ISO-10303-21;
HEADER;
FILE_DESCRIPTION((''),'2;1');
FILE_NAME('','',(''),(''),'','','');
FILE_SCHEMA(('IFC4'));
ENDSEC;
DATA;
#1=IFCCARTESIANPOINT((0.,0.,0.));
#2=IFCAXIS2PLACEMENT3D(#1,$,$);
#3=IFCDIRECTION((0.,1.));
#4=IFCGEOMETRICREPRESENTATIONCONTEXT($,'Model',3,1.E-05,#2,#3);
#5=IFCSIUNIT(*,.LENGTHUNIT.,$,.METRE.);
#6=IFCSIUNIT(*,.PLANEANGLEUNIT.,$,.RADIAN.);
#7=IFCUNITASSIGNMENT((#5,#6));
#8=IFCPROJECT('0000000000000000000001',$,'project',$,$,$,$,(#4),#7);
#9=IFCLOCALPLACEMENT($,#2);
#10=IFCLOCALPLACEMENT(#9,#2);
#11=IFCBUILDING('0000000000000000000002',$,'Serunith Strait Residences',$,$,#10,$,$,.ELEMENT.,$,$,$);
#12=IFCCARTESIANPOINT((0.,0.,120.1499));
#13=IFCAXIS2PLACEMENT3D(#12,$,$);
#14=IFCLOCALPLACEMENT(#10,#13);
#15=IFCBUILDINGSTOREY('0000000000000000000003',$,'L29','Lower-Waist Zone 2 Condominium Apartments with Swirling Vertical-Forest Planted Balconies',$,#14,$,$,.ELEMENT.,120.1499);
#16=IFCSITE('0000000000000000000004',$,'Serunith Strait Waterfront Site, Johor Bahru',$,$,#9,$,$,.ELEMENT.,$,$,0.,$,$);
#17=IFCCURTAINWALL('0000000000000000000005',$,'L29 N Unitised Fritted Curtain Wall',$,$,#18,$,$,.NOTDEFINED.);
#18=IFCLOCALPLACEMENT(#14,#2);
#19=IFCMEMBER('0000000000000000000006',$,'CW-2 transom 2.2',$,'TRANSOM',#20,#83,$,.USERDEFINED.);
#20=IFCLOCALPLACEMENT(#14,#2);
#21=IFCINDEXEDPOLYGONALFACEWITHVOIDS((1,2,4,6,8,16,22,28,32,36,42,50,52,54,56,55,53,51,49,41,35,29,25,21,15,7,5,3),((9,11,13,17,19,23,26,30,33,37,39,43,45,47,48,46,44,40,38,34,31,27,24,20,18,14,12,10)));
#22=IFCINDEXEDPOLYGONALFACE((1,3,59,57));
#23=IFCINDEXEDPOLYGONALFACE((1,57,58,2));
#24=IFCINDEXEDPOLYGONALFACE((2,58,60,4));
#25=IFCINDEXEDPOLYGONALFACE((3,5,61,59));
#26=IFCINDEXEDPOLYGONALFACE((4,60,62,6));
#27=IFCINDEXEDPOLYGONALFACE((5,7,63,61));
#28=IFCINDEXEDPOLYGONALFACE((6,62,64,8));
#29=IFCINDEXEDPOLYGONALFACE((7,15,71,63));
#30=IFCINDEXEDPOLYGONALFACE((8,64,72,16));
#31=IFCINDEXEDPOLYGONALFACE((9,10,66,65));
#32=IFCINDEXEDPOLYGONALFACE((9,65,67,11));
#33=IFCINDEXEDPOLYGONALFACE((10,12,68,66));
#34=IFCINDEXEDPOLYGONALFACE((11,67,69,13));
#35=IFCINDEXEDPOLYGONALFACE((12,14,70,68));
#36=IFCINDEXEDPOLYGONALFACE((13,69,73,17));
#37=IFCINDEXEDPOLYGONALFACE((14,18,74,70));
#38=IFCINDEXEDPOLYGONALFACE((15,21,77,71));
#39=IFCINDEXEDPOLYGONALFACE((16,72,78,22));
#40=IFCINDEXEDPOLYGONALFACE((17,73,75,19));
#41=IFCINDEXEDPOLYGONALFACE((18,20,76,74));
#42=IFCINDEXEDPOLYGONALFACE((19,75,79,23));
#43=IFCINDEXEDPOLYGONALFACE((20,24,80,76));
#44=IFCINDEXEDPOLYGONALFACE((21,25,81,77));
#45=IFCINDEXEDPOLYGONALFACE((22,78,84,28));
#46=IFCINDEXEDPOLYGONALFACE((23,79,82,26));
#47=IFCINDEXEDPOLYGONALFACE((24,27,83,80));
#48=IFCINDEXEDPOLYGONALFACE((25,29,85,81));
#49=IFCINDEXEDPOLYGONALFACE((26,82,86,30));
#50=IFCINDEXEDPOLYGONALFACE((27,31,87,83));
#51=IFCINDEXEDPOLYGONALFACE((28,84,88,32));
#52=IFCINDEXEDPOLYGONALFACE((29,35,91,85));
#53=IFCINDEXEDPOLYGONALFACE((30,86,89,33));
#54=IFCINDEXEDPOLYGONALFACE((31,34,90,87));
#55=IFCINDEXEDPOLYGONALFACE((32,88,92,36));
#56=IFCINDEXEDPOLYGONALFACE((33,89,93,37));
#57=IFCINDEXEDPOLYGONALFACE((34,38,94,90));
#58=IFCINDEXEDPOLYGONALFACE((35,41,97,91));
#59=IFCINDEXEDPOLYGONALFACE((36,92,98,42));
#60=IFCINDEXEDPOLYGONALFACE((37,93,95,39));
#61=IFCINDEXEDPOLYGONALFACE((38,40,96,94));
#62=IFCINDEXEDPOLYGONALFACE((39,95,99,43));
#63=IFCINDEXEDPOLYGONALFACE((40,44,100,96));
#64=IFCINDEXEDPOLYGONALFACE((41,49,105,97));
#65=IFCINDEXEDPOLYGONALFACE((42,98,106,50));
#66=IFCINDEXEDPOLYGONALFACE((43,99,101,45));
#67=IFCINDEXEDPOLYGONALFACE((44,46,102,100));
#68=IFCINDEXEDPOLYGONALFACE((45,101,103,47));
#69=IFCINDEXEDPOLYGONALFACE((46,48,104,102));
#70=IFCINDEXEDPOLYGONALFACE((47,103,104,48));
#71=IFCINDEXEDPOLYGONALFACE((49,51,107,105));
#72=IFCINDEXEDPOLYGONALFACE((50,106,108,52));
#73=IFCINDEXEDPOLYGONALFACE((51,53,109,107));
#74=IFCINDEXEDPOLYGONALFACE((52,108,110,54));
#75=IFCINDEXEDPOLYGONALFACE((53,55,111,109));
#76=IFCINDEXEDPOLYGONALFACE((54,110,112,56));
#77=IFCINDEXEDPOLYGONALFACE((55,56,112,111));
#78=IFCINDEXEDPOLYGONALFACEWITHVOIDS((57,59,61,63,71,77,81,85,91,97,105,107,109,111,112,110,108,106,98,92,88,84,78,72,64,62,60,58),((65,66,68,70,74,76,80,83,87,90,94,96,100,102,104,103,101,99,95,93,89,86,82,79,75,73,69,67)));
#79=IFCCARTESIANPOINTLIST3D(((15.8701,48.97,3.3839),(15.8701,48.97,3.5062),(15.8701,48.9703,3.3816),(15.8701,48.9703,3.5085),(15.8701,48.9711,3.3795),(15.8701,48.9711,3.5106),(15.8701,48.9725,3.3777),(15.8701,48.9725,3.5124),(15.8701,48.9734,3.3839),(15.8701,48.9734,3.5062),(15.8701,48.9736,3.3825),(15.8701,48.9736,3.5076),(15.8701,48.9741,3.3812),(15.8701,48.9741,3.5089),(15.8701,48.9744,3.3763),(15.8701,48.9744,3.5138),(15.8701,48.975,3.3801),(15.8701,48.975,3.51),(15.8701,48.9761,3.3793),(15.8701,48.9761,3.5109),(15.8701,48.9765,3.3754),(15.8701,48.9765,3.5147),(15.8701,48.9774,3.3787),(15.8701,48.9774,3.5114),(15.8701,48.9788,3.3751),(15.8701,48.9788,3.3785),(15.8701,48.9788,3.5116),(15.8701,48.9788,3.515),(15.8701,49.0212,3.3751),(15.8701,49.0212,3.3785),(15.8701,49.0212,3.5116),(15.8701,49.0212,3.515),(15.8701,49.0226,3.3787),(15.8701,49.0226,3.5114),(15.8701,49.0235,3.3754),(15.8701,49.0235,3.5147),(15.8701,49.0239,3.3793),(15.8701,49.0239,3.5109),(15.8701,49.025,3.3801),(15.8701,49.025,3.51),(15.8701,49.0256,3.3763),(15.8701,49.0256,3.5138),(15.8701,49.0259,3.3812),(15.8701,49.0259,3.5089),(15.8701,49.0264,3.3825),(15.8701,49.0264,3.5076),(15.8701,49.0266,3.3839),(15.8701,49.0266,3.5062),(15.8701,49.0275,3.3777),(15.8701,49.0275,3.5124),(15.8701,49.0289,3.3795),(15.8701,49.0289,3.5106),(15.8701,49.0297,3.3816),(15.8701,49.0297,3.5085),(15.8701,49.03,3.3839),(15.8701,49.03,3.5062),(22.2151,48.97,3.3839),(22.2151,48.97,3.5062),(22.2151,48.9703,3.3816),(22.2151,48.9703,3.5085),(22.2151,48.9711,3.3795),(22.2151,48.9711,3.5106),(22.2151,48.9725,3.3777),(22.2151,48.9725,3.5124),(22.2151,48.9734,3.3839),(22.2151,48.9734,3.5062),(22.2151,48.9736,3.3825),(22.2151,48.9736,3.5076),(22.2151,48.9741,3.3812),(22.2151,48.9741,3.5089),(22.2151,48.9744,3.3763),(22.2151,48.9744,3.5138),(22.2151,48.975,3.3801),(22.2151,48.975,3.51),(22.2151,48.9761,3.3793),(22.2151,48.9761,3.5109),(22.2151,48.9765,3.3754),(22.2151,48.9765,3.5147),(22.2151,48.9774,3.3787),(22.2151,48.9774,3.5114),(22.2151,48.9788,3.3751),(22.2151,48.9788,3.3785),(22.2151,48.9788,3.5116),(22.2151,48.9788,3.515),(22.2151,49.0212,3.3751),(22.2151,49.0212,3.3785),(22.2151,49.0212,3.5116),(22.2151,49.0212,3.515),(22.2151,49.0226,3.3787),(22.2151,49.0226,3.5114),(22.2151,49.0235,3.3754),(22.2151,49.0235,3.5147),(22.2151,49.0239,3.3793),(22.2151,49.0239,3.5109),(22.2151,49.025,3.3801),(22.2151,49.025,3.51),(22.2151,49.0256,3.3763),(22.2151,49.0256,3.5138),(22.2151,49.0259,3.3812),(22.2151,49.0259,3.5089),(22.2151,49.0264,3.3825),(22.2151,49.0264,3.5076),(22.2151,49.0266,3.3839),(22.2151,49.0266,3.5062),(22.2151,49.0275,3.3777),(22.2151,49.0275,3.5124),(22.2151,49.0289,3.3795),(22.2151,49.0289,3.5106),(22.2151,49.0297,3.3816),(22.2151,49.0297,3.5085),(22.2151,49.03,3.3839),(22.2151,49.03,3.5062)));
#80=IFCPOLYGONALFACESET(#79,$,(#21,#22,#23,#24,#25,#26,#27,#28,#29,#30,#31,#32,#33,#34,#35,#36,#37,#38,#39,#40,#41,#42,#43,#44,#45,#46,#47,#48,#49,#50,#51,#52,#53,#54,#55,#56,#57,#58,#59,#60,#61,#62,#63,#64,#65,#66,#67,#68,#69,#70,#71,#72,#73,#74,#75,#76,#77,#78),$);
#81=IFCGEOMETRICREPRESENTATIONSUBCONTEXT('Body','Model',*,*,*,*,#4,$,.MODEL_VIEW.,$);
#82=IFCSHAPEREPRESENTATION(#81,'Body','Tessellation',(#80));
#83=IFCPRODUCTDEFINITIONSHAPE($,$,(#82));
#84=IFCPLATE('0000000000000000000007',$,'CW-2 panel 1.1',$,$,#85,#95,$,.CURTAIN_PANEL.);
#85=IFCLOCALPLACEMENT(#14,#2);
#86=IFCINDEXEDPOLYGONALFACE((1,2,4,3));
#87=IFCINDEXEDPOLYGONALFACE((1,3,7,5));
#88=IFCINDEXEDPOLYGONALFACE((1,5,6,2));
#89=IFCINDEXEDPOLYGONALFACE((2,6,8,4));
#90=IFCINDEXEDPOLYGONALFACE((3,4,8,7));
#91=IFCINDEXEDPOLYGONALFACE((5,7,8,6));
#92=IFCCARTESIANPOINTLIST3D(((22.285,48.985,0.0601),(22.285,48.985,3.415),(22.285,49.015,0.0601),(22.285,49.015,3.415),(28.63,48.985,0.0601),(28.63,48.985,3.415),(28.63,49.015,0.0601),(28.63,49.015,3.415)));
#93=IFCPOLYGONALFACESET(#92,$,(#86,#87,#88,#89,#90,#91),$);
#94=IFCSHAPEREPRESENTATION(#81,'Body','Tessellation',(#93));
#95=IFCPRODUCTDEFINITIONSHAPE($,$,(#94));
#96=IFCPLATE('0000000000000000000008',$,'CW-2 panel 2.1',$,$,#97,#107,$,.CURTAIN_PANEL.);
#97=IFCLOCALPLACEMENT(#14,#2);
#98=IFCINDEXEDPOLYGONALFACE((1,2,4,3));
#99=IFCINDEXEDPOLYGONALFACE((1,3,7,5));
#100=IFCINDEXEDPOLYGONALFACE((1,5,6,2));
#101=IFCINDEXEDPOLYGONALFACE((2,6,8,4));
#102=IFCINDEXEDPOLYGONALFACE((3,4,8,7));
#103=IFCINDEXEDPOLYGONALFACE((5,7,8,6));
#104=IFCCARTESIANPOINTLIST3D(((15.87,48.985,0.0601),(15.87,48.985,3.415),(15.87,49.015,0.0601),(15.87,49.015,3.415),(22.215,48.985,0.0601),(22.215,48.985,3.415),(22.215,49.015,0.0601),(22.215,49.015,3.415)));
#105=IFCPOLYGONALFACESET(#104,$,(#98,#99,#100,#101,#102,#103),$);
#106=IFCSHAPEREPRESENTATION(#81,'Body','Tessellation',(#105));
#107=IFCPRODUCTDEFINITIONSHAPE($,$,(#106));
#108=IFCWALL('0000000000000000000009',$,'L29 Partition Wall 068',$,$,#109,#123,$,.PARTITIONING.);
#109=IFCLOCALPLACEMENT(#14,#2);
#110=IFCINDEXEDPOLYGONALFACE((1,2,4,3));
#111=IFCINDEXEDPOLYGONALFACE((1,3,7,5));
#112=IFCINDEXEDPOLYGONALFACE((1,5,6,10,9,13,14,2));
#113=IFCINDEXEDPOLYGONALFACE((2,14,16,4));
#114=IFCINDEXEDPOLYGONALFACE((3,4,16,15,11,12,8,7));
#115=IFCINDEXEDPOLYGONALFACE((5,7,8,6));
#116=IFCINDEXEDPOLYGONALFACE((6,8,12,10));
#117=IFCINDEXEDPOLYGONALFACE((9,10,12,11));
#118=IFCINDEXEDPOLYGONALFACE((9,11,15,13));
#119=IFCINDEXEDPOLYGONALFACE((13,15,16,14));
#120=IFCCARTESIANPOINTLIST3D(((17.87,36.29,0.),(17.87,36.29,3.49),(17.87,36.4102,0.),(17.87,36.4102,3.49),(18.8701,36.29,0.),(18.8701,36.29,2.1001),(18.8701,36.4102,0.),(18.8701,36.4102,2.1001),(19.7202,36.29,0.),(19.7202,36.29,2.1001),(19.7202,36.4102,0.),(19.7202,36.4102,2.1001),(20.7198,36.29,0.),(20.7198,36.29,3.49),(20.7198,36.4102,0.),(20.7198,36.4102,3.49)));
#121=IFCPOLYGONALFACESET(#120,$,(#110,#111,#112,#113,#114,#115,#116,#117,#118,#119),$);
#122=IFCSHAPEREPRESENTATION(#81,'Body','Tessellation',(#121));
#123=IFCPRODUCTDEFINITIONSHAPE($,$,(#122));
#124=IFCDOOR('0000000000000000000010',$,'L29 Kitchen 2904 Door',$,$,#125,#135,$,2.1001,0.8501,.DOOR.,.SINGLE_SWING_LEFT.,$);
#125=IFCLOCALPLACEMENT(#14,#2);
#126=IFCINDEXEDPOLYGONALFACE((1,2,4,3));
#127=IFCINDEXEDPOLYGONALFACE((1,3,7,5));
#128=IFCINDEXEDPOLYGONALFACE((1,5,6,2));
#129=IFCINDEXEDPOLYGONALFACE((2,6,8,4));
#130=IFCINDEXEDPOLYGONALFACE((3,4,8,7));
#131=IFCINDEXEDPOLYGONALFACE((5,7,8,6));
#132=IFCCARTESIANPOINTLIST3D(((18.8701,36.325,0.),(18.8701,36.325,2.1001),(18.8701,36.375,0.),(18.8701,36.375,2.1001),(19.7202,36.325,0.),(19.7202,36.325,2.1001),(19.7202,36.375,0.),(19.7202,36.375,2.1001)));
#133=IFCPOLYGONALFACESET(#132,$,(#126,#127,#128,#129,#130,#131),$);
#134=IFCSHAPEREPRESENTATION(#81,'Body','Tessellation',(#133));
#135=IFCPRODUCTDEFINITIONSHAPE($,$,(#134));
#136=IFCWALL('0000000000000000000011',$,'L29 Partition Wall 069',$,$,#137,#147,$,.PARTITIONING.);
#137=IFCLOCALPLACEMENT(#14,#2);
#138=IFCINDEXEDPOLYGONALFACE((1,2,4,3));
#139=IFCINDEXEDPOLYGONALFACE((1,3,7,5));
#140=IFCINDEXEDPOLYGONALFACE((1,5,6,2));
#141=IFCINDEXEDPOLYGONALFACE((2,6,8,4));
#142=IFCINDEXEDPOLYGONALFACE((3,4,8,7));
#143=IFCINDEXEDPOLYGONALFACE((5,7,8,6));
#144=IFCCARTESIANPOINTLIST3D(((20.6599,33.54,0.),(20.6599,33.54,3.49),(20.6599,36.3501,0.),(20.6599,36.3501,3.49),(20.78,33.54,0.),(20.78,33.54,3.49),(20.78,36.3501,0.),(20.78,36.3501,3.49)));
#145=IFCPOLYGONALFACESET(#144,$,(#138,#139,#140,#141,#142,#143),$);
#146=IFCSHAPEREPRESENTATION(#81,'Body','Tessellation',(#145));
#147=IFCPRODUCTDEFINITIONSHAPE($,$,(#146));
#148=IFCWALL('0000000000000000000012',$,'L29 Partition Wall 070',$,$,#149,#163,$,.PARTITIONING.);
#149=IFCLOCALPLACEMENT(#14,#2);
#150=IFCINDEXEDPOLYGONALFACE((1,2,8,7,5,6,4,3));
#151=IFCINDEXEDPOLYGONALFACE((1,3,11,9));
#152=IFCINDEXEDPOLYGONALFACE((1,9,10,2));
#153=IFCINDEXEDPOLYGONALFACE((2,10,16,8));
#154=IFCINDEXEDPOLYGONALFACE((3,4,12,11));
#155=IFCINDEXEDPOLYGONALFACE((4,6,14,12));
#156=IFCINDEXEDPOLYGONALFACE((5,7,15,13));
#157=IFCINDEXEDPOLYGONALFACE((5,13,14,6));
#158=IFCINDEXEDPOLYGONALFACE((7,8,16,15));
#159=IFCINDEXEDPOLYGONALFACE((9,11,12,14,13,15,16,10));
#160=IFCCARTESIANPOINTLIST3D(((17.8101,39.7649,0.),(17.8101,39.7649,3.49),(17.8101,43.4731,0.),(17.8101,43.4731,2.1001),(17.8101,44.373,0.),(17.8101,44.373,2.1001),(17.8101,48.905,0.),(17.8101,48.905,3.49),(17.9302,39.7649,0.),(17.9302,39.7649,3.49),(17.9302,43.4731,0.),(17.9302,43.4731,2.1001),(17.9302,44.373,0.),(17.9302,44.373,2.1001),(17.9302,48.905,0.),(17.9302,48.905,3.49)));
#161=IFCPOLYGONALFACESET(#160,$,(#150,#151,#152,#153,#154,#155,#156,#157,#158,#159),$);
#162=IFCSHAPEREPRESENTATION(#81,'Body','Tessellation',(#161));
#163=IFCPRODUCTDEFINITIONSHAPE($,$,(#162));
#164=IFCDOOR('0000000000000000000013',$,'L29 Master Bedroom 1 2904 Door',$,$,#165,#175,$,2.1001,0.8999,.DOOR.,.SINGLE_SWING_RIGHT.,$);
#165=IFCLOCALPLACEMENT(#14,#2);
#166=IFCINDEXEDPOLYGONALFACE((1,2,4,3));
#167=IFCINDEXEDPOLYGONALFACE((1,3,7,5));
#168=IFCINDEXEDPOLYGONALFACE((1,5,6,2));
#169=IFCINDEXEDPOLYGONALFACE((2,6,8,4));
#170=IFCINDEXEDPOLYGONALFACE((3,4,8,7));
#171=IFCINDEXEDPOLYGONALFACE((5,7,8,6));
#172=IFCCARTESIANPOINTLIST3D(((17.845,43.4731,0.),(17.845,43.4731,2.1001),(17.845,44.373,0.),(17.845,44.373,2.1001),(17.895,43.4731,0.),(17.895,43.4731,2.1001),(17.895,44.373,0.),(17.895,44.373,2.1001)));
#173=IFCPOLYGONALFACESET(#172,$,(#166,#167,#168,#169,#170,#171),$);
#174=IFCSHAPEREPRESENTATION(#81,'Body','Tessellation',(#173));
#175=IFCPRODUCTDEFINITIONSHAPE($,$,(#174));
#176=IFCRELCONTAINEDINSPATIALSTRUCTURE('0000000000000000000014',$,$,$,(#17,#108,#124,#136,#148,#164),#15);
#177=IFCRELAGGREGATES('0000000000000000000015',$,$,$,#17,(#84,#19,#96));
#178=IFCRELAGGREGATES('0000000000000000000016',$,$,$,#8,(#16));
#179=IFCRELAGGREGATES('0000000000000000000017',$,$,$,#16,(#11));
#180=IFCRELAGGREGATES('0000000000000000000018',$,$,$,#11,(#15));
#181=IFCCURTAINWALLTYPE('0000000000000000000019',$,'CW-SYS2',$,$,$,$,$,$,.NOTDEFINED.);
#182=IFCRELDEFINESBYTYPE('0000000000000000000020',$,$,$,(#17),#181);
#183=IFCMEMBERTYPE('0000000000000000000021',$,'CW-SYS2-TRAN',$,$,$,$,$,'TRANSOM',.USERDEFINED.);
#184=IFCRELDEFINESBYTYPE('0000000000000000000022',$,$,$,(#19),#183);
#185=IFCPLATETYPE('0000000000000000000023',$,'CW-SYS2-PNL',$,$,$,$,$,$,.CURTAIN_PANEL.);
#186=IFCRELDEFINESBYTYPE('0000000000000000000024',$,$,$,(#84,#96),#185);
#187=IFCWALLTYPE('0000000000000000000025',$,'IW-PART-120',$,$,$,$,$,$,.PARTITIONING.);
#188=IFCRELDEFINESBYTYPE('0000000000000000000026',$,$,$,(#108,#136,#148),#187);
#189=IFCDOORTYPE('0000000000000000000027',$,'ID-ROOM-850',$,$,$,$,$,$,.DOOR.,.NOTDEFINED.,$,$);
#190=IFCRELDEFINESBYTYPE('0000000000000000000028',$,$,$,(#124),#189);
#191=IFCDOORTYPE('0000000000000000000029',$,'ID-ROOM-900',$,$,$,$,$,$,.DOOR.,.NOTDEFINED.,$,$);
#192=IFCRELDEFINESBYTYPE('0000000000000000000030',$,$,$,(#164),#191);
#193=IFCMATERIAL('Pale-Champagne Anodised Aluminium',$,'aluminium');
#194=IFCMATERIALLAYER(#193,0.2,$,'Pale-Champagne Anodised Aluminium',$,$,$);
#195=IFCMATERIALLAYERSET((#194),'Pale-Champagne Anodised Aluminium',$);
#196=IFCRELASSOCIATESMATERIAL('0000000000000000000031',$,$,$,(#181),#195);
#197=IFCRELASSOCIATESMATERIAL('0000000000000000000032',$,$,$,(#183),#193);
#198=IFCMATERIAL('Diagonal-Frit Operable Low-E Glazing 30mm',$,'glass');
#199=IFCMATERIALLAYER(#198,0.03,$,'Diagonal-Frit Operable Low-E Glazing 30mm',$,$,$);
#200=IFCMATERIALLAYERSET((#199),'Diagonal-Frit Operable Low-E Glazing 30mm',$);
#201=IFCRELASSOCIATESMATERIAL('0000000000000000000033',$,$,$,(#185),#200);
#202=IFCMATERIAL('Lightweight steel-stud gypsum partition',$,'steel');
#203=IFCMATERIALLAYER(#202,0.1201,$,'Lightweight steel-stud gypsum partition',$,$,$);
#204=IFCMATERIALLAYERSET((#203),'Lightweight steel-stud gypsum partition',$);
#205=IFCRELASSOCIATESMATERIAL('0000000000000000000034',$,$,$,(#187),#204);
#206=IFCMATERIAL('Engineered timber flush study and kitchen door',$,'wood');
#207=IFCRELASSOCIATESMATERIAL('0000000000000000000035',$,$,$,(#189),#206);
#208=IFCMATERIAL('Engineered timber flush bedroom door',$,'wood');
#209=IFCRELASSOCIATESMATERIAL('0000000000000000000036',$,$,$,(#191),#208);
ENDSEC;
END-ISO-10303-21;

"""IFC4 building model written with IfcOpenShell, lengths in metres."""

from ifc_helpers import new_model, si_unit, direction, frame, frame_2d, origin, origin_2d, place, context, subcontext, project, spatial, rectangle, hollow_rectangle, extrude, source, transform, mapped, material, layer, layer_set, material_profile, profile_set, type_object, element, fill, aggregate, save


model = new_model("IFC4")

# Units and contexts
model_context = context("Model", 3, precision=1e-05, world=origin(), true_north=direction((0.0, 1.0)))
body_context = subcontext(model_context, "Body", "Model", "MODEL_VIEW")
ifc_project = project(units=[si_unit("LENGTHUNIT", "METRE"), si_unit("PLANEANGLEUNIT", "RADIAN")], contexts=[model_context])

# Site, building, storey
site_placement = place(None, origin())
site = spatial("IfcSite", under=ifc_project, at=site_placement, Name="Serunith Strait Waterfront Site, Johor Bahru", CompositionType="ELEMENT", RefElevation=0.0)
building_placement = place(site_placement, origin())
building = spatial("IfcBuilding", under=site, at=building_placement, Name="Serunith Strait Residences", CompositionType="ELEMENT")
storey_placement = place(building_placement, frame((0.0, 0.0, 120.1499)))
storey = spatial("IfcBuildingStorey", under=building, at=storey_placement, Name="L29", Description="Lower-Waist Zone 2 Condominium Apartments with Swirling Vertical-Forest Planted Balconies", CompositionType="ELEMENT", Elevation=120.1499)

# Curtain wall, member, plates
ifc_material_1 = material(Name="Pale-Champagne Anodised Aluminium", Category="aluminium")
ifc_layer_1 = layer(ifc_material_1, 0.2, Name="Pale-Champagne Anodised Aluminium")
ifc_layer_set_1 = layer_set([ifc_layer_1], Name="Pale-Champagne Anodised Aluminium")
curtain_wall_type = type_object("IfcCurtainWallType", Name="CW-SYS2", PredefinedType="NOTDEFINED", material=ifc_layer_set_1)
curtain_wall_placement = place(storey_placement, origin())
curtain_wall = element("IfcCurtainWall", 1, at=curtain_wall_placement, inside=storey, type_object=curtain_wall_type, Name="L29 N Unitised Fritted Curtain Wall", PredefinedType="NOTDEFINED")
ifc_material_profile_1 = material_profile(ifc_material_1, hollow_rectangle(XDim=0.0601, YDim=0.1399, WallThickness=0.0034, InnerFilletRadius=0.0054, OuterFilletRadius=0.0088, at=origin_2d()), Name="ALU 140x60x3.5")
ifc_profile_set_1 = profile_set([ifc_material_profile_1], Name="Pale-Champagne Anodised Aluminium")
member_type_1 = type_object("IfcMemberType", Name="CW-SYS2-TRAN", ElementType="TRANSOM", PredefinedType="USERDEFINED", material=ifc_profile_set_1)
shared_shape_1 = source(origin(), body_context, "Body", "SweptSolid", [
    extrude(hollow_rectangle(XDim=0.0601, YDim=0.1399, WallThickness=0.0034, InnerFilletRadius=0.0054, OuterFilletRadius=0.0088, at=origin_2d()), origin(), (0.0, 0.0, 1.0), 6.345),
])
member_1_placement = place(storey_placement, frame((22.2151, 49.0, 3.4451), z_axis=(-1.0, 0.0, 0.0), x_axis=(0.0, -1.0, 0.0)))
member_1 = element("IfcMember", 2, at=member_1_placement, type_object=member_type_1, Name="CW-2 transom 2.2", ObjectType="TRANSOM", PredefinedType="USERDEFINED", context=body_context, shape_type="MappedRepresentation", body=[
    mapped(shared_shape_1, transform((0.0, 0.0, 0.0), scale=1.0)),
])
ifc_material_2 = material(Name="Diagonal-Frit Operable Low-E Glazing 30mm", Category="glass")
ifc_layer_2 = layer(ifc_material_2, 0.03, Name="Diagonal-Frit Operable Low-E Glazing 30mm")
ifc_layer_set_2 = layer_set([ifc_layer_2], Name="Diagonal-Frit Operable Low-E Glazing 30mm")
plate_type = type_object("IfcPlateType", Name="CW-SYS2-PNL", PredefinedType="CURTAIN_PANEL", material=ifc_layer_set_2)
shared_shape_2 = source(origin(), body_context, "Body", "SweptSolid", [
    extrude(rectangle(XDim=6.345, YDim=0.03, at=origin_2d()), origin(), (0.0, 0.0, 1.0), 3.355),
])
plate_1_placement = place(storey_placement, frame((25.4575, 49.0, 0.0601), z_axis=(0.0, 0.0, 1.0), x_axis=(-1.0, 0.0, 0.0)))
plate_1 = element("IfcPlate", 3, at=plate_1_placement, type_object=plate_type, Name="CW-2 panel 1.1", PredefinedType="CURTAIN_PANEL", context=body_context, shape_type="MappedRepresentation", body=[
    mapped(shared_shape_2, transform((0.0, 0.0, 0.0), scale=1.0)),
])
plate_2_placement = place(storey_placement, frame((19.0425, 49.0, 0.0601), z_axis=(0.0, 0.0, 1.0), x_axis=(-1.0, 0.0, 0.0)))
plate_2 = element("IfcPlate", 4, at=plate_2_placement, type_object=plate_type, Name="CW-2 panel 2.1", PredefinedType="CURTAIN_PANEL", context=body_context, shape_type="MappedRepresentation", body=[
    mapped(shared_shape_2, transform((0.0, 0.0, 0.0), scale=1.0)),
])
aggregate(curtain_wall, [plate_1, member_1, plate_2])

# Wall, opening, door
ifc_material_3 = material(Name="Lightweight steel-stud gypsum partition", Category="steel")
ifc_layer_3 = layer(ifc_material_3, 0.1201, Name="Lightweight steel-stud gypsum partition")
ifc_layer_set_3 = layer_set([ifc_layer_3], Name="Lightweight steel-stud gypsum partition")
wall_type = type_object("IfcWallType", Name="IW-PART-120", PredefinedType="PARTITIONING", material=ifc_layer_set_3)
wall_1_placement = place(storey_placement, frame((17.8701, 36.3501, 0.0), z_axis=(0.0, 0.0, 1.0), x_axis=(1.0, 0.0, 0.0)))
wall_1 = element("IfcWall", 5, at=wall_1_placement, inside=storey, type_object=wall_type, Name="L29 Partition Wall 068", PredefinedType="PARTITIONING", context=body_context, shape_type="SweptSolid", body=[
    extrude(rectangle(XDim=2.8499, YDim=0.1201, at=frame_2d((1.4248, 0.0))), origin(), (0.0, 0.0, 1.0), 3.49),
])
opening_1_placement = place(wall_1_placement, frame((1.0, 0.0, 0.0)))
opening_1 = element("IfcOpeningElement", 6, at=opening_1_placement, cuts=wall_1, PredefinedType="OPENING", context=body_context, shape_type="SweptSolid", body=[
    extrude(rectangle(XDim=0.8501, YDim=2.1001, at=frame_2d((0.425, 1.05))), frame((0.0, 0.0701, 0.0), z_axis=(0.0, -1.0, 0.0), x_axis=(1.0, 0.0, 0.0)), (0.0, 0.0, 1.0), 0.1401),
])
ifc_material_4 = material(Name="Engineered timber flush study and kitchen door", Category="wood")
door_type_1 = type_object("IfcDoorType", Name="ID-ROOM-850", OperationType="NOTDEFINED", PredefinedType="DOOR", material=ifc_material_4)
shared_shape_3 = source(origin(), body_context, "Body", "SweptSolid", [
    extrude(rectangle(XDim=0.8501, YDim=2.1001, at=frame_2d((0.425, 1.05))), frame((0.0, 0.0249, 0.0), z_axis=(0.0, -1.0, 0.0), x_axis=(1.0, 0.0, 0.0)), (0.0, 0.0, 1.0), 0.05),
])
door_1_placement = place(opening_1_placement, origin())
door_1 = element("IfcDoor", 7, at=door_1_placement, inside=storey, type_object=door_type_1, Name="L29 Kitchen 2904 Door", OperationType="SINGLE_SWING_LEFT", OverallHeight=2.1001, OverallWidth=0.8501, PredefinedType="DOOR", context=body_context, shape_type="MappedRepresentation", body=[
    mapped(shared_shape_3, transform((0.0, 0.0, 0.0), scale=1.0)),
])
fill(opening_1, door_1)

# Wall
wall_2_placement = place(storey_placement, frame((20.72, 36.3501, 0.0), z_axis=(0.0, 0.0, 1.0), x_axis=(0.0, -1.0, 0.0)))
element("IfcWall", 8, at=wall_2_placement, inside=storey, type_object=wall_type, Name="L29 Partition Wall 069", PredefinedType="PARTITIONING", context=body_context, shape_type="SweptSolid", body=[
    extrude(rectangle(XDim=2.8101, YDim=0.1201, at=frame_2d((1.405, 0.0))), origin(), (0.0, 0.0, 1.0), 3.49),
])

# Wall, opening, door
wall_3_placement = place(storey_placement, frame((17.8701, 48.905, 0.0), z_axis=(0.0, 0.0, 1.0), x_axis=(0.0, -1.0, 0.0)))
wall_3 = element("IfcWall", 9, at=wall_3_placement, inside=storey, type_object=wall_type, Name="L29 Partition Wall 070", PredefinedType="PARTITIONING", context=body_context, shape_type="SweptSolid", body=[
    extrude(rectangle(XDim=9.1401, YDim=0.1201, at=frame_2d((4.5701, 0.0))), origin(), (0.0, 0.0, 1.0), 3.49),
])
opening_2_placement = place(wall_3_placement, frame((4.532, 0.0, 0.0)))
opening_2 = element("IfcOpeningElement", 10, at=opening_2_placement, cuts=wall_3, PredefinedType="OPENING", context=body_context, shape_type="SweptSolid", body=[
    extrude(rectangle(XDim=0.8999, YDim=2.1001, at=frame_2d((0.45, 1.05))), frame((0.0, 0.0701, 0.0), z_axis=(0.0, -1.0, 0.0), x_axis=(1.0, 0.0, 0.0)), (0.0, 0.0, 1.0), 0.1401),
])
ifc_material_5 = material(Name="Engineered timber flush bedroom door", Category="wood")
door_type_2 = type_object("IfcDoorType", Name="ID-ROOM-900", OperationType="NOTDEFINED", PredefinedType="DOOR", material=ifc_material_5)
shared_shape_4 = source(origin(), body_context, "Body", "SweptSolid", [
    extrude(rectangle(XDim=0.8999, YDim=2.1001, at=frame_2d((0.45, 1.05))), frame((0.0, 0.0249, 0.0), z_axis=(0.0, -1.0, 0.0), x_axis=(1.0, 0.0, 0.0)), (0.0, 0.0, 1.0), 0.05),
])
door_2_placement = place(opening_2_placement, origin())
door_2 = element("IfcDoor", 11, at=door_2_placement, inside=storey, type_object=door_type_2, Name="L29 Master Bedroom 1 2904 Door", OperationType="SINGLE_SWING_RIGHT", OverallHeight=2.1001, OverallWidth=0.8999, PredefinedType="DOOR", context=body_context, shape_type="MappedRepresentation", body=[
    mapped(shared_shape_4, transform((0.0, 0.0, 0.0), scale=1.0)),
])
fill(opening_2, door_2)

save(model, "model.ifc")
